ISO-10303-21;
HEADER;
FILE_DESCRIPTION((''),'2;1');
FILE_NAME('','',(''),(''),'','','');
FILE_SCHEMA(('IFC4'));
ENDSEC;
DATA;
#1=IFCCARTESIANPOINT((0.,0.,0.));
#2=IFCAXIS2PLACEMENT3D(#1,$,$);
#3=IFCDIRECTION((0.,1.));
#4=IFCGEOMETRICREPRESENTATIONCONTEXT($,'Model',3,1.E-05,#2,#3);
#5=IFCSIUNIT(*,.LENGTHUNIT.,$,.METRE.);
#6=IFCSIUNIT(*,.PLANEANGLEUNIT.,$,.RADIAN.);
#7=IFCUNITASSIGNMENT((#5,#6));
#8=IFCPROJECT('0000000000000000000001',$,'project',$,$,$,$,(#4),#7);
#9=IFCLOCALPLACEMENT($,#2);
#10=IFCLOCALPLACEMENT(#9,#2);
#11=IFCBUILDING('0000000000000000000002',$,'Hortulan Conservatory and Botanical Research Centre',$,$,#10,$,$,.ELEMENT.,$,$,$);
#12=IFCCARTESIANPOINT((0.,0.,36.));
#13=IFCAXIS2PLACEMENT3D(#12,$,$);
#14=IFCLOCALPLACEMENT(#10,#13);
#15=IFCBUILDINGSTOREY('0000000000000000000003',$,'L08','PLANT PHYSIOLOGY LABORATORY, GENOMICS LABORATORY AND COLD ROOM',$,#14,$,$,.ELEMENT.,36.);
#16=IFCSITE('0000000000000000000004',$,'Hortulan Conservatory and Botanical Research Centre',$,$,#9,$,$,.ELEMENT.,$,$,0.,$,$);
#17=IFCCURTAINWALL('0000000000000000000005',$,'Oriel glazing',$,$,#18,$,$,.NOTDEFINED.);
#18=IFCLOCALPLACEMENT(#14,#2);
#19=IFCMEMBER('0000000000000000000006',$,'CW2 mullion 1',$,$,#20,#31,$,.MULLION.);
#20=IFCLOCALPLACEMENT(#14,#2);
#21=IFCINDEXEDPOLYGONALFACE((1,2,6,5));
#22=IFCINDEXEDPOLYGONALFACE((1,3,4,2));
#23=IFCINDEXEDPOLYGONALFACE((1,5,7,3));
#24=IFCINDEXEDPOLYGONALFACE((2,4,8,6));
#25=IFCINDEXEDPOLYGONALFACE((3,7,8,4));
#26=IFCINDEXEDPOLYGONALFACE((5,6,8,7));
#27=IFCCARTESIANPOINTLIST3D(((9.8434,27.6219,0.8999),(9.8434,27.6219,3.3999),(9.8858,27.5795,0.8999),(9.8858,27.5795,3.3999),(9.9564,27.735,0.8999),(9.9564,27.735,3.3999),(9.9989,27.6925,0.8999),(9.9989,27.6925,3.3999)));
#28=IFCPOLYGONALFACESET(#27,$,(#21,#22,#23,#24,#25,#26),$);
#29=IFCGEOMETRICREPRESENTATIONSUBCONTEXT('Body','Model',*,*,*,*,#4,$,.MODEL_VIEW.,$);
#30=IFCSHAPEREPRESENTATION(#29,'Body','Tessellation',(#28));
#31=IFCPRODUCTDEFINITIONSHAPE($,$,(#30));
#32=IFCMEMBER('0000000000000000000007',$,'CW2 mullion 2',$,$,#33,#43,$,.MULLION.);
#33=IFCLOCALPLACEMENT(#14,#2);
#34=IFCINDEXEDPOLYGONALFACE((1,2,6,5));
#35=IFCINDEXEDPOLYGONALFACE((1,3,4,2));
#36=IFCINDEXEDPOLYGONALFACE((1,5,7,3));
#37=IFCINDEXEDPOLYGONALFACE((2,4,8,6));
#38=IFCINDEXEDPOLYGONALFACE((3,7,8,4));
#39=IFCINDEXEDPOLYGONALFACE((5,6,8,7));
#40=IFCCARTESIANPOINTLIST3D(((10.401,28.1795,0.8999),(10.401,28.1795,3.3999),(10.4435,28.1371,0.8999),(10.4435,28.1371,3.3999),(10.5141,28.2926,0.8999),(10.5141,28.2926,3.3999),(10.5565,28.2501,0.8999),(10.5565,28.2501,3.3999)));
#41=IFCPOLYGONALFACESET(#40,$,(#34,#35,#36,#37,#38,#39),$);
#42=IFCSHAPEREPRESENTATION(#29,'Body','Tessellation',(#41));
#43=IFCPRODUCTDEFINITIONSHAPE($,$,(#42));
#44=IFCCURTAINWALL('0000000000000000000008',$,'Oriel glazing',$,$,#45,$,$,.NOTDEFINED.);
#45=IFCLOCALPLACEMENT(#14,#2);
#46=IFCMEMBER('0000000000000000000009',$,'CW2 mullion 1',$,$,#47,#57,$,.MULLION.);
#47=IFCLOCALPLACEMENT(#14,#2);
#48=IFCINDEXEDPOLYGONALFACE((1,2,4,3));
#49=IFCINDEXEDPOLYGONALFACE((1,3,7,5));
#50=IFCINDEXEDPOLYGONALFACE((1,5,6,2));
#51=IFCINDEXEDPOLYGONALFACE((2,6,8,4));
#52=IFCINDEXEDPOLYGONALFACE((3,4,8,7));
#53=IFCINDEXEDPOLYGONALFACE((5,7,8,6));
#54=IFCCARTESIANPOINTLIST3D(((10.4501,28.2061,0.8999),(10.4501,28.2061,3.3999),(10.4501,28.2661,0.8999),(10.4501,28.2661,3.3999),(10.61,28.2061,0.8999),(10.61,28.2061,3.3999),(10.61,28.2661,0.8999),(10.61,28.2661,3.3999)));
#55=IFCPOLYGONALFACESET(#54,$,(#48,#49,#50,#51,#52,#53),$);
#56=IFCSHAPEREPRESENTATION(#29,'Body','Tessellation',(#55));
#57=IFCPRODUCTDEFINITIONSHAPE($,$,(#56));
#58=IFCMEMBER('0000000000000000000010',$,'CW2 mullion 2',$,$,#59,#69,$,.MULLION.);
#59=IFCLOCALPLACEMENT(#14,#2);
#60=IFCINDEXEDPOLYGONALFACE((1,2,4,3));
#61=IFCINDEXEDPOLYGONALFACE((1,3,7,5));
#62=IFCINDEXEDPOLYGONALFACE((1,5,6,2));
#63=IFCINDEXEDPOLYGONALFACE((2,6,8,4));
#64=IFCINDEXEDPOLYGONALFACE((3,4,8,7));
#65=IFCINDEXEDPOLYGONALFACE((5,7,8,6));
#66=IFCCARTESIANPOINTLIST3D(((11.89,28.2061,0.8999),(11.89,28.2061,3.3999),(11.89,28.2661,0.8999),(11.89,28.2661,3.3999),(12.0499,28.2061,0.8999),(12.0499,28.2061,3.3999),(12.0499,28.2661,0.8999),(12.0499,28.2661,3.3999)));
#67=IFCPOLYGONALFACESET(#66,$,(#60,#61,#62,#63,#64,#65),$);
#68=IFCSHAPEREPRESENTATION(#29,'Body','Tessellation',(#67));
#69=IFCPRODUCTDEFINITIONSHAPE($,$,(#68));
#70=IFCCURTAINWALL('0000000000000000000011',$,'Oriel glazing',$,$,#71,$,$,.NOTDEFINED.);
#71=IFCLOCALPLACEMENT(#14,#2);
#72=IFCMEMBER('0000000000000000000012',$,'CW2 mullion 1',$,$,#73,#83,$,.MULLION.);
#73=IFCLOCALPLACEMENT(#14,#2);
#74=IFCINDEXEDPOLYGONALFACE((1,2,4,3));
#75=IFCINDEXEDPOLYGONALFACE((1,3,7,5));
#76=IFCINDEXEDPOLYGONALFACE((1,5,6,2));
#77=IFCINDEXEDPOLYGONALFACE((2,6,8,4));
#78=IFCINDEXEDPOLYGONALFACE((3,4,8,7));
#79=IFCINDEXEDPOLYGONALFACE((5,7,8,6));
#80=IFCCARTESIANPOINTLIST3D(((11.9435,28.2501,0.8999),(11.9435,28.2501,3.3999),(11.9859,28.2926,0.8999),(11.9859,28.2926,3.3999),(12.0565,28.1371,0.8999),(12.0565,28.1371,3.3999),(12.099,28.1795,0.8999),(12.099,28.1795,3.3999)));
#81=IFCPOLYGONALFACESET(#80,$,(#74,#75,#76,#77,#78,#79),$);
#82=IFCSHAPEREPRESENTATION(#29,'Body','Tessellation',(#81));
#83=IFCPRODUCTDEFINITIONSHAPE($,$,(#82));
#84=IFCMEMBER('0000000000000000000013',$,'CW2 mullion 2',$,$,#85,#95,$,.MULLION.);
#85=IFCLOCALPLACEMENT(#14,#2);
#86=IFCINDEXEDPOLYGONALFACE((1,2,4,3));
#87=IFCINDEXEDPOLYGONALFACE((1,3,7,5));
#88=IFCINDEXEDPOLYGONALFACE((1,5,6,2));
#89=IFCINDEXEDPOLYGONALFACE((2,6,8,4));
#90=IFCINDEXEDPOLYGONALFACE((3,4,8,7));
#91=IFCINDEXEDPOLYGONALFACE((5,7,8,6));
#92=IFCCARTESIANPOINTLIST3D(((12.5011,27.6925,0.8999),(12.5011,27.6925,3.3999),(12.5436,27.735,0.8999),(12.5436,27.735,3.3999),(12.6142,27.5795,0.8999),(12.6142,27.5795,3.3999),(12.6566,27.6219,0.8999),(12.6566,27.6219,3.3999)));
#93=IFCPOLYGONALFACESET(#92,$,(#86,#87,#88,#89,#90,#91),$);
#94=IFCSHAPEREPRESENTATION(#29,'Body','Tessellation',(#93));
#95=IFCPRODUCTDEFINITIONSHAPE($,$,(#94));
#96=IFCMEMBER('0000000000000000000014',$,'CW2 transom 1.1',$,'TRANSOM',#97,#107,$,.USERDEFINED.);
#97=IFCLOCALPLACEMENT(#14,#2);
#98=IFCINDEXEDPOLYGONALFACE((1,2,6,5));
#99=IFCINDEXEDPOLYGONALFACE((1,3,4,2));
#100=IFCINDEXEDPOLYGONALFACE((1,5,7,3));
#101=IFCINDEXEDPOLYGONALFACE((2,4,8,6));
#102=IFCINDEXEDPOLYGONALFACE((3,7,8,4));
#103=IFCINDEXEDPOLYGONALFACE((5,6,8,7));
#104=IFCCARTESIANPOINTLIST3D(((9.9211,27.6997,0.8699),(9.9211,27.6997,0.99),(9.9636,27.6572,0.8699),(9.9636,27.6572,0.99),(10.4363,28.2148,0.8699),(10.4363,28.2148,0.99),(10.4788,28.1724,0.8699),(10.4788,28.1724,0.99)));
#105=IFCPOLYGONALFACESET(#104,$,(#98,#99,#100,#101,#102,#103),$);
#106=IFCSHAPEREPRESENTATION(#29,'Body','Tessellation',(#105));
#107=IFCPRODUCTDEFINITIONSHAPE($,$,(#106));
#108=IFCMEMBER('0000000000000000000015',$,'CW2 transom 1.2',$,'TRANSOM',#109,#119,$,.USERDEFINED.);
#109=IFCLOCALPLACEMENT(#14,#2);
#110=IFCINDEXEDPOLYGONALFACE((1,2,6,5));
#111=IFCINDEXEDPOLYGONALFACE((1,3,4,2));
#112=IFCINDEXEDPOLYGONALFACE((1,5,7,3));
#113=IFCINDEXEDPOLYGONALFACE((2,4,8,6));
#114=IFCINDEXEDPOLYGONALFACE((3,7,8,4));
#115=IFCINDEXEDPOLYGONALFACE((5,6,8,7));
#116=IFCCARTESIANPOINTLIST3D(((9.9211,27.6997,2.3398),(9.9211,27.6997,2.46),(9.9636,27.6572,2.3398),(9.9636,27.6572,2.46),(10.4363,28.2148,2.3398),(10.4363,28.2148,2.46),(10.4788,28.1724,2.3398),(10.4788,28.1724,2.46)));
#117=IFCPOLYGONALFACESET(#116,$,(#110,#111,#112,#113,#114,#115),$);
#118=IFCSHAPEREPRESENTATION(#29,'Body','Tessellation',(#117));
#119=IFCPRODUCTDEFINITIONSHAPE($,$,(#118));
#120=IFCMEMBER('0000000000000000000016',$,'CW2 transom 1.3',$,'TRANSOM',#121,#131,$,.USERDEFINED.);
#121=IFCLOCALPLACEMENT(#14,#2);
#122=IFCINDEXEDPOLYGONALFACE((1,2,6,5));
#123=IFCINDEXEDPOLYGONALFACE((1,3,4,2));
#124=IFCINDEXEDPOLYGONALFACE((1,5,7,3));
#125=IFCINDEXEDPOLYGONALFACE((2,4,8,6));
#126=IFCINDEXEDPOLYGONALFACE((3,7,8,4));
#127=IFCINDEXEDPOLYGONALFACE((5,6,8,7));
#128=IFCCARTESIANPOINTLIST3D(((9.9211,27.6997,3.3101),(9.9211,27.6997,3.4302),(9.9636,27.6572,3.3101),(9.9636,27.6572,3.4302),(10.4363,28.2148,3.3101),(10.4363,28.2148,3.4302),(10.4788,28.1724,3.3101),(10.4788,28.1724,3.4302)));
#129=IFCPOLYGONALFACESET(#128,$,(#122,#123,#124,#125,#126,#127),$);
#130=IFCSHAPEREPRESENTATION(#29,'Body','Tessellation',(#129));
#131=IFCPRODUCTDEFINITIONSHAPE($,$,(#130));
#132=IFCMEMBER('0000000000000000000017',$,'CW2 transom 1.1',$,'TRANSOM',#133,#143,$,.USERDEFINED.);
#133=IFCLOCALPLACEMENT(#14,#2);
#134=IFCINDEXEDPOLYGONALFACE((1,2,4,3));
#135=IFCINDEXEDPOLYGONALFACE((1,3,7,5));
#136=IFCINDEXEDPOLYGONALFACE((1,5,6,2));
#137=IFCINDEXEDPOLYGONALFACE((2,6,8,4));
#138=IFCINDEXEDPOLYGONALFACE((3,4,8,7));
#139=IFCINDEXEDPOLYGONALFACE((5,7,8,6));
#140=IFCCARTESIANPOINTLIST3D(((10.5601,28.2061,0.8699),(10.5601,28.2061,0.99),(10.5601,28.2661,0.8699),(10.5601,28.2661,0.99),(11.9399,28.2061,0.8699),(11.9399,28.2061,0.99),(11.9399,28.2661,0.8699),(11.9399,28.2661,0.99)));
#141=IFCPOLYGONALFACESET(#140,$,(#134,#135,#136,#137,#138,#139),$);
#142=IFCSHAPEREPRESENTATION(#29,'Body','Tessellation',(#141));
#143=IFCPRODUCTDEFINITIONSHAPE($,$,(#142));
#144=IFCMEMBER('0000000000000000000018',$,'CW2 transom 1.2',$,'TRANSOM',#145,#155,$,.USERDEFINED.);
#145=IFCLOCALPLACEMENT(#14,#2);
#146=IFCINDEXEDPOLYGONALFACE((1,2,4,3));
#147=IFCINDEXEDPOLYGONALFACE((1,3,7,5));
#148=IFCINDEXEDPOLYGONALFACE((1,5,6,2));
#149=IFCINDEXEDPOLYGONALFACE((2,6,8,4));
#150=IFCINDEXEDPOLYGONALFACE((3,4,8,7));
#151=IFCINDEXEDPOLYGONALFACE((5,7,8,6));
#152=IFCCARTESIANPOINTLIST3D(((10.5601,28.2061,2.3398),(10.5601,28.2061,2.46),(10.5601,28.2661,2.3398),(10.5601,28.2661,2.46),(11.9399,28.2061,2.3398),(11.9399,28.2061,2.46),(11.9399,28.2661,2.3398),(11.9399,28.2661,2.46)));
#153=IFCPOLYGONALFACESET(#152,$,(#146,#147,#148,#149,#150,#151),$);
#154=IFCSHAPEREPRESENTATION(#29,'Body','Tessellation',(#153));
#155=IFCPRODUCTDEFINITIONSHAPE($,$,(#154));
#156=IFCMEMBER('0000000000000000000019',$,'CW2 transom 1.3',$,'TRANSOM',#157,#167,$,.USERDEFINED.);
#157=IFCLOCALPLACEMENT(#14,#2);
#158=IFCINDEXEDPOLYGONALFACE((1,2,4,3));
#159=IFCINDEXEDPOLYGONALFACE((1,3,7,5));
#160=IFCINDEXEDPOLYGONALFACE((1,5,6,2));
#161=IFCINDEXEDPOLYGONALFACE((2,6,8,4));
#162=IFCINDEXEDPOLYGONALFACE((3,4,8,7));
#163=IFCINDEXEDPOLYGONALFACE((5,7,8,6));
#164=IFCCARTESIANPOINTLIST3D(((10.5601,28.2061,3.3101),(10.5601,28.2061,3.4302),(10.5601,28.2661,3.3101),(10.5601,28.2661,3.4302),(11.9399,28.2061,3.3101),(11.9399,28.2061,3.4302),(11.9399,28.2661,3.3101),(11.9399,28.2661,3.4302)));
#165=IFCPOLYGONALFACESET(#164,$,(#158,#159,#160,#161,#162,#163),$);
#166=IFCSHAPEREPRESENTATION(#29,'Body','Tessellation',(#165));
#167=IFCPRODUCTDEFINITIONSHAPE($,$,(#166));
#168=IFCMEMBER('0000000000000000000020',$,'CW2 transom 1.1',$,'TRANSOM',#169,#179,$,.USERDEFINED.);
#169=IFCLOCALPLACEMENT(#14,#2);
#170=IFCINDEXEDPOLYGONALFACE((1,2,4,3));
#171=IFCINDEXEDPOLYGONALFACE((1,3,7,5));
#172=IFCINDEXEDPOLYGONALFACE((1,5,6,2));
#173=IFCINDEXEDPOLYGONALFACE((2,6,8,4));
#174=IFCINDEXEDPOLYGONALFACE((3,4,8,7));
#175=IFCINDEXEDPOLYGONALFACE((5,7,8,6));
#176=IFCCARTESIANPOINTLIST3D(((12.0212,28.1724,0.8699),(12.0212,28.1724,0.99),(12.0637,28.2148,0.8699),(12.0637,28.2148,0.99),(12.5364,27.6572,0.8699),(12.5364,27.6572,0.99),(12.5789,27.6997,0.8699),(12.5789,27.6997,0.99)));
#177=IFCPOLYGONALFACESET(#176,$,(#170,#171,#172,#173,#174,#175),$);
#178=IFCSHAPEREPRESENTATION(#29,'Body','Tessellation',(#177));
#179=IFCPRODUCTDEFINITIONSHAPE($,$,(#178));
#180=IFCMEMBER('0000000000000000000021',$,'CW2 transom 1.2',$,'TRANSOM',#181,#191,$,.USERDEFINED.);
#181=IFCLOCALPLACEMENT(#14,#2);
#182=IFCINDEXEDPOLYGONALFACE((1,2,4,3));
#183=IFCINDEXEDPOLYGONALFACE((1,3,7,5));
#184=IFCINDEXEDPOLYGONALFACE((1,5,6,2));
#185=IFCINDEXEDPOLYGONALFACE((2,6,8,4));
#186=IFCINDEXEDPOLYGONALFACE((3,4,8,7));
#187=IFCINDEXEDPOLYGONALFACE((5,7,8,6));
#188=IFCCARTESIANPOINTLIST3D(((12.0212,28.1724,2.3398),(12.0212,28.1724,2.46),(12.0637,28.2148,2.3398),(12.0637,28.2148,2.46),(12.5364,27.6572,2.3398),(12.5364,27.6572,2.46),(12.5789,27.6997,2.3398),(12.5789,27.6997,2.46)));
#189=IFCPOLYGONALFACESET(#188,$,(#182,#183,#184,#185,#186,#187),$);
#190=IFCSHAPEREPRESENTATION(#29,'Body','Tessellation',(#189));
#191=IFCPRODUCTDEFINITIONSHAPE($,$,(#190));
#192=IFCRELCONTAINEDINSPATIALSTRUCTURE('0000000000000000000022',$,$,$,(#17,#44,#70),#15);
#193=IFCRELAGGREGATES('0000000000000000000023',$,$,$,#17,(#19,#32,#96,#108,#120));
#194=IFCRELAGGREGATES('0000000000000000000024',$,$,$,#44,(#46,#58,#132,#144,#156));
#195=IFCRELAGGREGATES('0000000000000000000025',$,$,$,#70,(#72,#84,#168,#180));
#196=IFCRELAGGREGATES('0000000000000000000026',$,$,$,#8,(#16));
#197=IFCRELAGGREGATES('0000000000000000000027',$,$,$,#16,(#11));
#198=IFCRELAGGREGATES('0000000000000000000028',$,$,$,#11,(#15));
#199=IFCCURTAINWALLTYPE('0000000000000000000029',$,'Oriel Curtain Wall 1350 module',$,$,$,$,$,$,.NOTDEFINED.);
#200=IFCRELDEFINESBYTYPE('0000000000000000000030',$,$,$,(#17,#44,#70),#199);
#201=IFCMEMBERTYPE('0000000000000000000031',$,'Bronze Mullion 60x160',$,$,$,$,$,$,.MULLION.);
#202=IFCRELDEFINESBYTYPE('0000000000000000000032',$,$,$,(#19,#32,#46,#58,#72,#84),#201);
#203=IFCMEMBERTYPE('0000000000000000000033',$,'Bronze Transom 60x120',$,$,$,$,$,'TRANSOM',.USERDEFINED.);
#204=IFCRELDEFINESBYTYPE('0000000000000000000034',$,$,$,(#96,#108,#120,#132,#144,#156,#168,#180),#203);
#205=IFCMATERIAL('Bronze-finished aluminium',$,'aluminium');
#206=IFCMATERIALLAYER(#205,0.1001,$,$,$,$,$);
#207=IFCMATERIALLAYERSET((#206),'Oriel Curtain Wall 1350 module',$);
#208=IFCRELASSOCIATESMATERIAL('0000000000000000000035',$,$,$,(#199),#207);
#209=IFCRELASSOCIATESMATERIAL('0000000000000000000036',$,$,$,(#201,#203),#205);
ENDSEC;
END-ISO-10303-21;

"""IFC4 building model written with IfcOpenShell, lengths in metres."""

from ifc_helpers import new_model, si_unit, direction, frame, origin, origin_2d, place, context, subcontext, project, spatial, rectangle, extrude, material, layer, layer_set, material_profile, profile_set, type_object, element, aggregate, save


model = new_model("IFC4")

# Units and contexts
model_context = context("Model", 3, precision=1e-05, world=origin(), true_north=direction((0.0, 1.0)))
body_context = subcontext(model_context, "Body", "Model", "MODEL_VIEW")
ifc_project = project(units=[si_unit("LENGTHUNIT", "METRE"), si_unit("PLANEANGLEUNIT", "RADIAN")], contexts=[model_context])

# Site, building, storey
site_placement = place(None, origin())
site = spatial("IfcSite", under=ifc_project, at=site_placement, Name="Hortulan Conservatory and Botanical Research Centre", CompositionType="ELEMENT", RefElevation=0.0)
building_placement = place(site_placement, origin())
building = spatial("IfcBuilding", under=site, at=building_placement, Name="Hortulan Conservatory and Botanical Research Centre", CompositionType="ELEMENT")
storey_placement = place(building_placement, frame((0.0, 0.0, 36.0)))
storey = spatial("IfcBuildingStorey", under=building, at=storey_placement, Name="L08", Description="PLANT PHYSIOLOGY LABORATORY, GENOMICS LABORATORY AND COLD ROOM", CompositionType="ELEMENT", Elevation=36.0)

# Curtain walls, members
ifc_material_1 = material(Name="Bronze-finished aluminium", Category="aluminium")
ifc_layer_1 = layer(ifc_material_1, 0.1001)
ifc_layer_set_1 = layer_set([ifc_layer_1], Name="Oriel Curtain Wall 1350 module")
curtain_wall_type = type_object("IfcCurtainWallType", Name="Oriel Curtain Wall 1350 module", PredefinedType="NOTDEFINED", material=ifc_layer_set_1)
curtain_wall_1_placement = place(storey_placement, origin())
curtain_wall_1 = element("IfcCurtainWall", 1, at=curtain_wall_1_placement, inside=storey, type_object=curtain_wall_type, Name="Oriel glazing", PredefinedType="NOTDEFINED")
ifc_material_profile_1 = material_profile(ifc_material_1, rectangle(XDim=0.0601, YDim=0.1599, at=origin_2d()), Name="Bronze Mullion 60x160")
ifc_profile_set_1 = profile_set([ifc_material_profile_1], Name="Bronze-finished aluminium")
member_type_1 = type_object("IfcMemberType", Name="Bronze Mullion 60x160", PredefinedType="MULLION", material=ifc_profile_set_1)
member_1_placement = place(storey_placement, frame((9.9211, 27.6572, 0.8999), z_axis=(0.0, 0.0, 1.0), x_axis=(-0.707107, 0.707107, 0.0)))
member_1 = element("IfcMember", 2, at=member_1_placement, type_object=member_type_1, Name="CW2 mullion 1", PredefinedType="MULLION", context=body_context, shape_type="SweptSolid", body=[
    extrude(rectangle(XDim=0.0601, YDim=0.1599, at=origin_2d()), origin(), (0.0, 0.0, 1.0), 2.5),
])
member_2_placement = place(storey_placement, frame((10.4788, 28.2148, 0.8999), z_axis=(0.0, 0.0, 1.0), x_axis=(-0.707107, 0.707107, 0.0)))
member_2 = element("IfcMember", 3, at=member_2_placement, type_object=member_type_1, Name="CW2 mullion 2", PredefinedType="MULLION", context=body_context, shape_type="SweptSolid", body=[
    extrude(rectangle(XDim=0.0601, YDim=0.1599, at=origin_2d()), origin(), (0.0, 0.0, 1.0), 2.5),
])
curtain_wall_2_placement = place(storey_placement, origin())
curtain_wall_2 = element("IfcCurtainWall", 4, at=curtain_wall_2_placement, inside=storey, type_object=curtain_wall_type, Name="Oriel glazing", PredefinedType="NOTDEFINED")
member_3_placement = place(storey_placement, frame((10.53, 28.2361, 0.8999), z_axis=(0.0, 0.0, 1.0), x_axis=(0.0, 1.0, 0.0)))
member_3 = element("IfcMember", 5, at=member_3_placement, type_object=member_type_1, Name="CW2 mullion 1", PredefinedType="MULLION", context=body_context, shape_type="SweptSolid", body=[
    extrude(rectangle(XDim=0.0601, YDim=0.1599, at=origin_2d()), origin(), (0.0, 0.0, 1.0), 2.5),
])
member_4_placement = place(storey_placement, frame((11.97, 28.2361, 0.8999), z_axis=(0.0, 0.0, 1.0), x_axis=(0.0, 1.0, 0.0)))
member_4 = element("IfcMember", 6, at=member_4_placement, type_object=member_type_1, Name="CW2 mullion 2", PredefinedType="MULLION", context=body_context, shape_type="SweptSolid", body=[
    extrude(rectangle(XDim=0.0601, YDim=0.1599, at=origin_2d()), origin(), (0.0, 0.0, 1.0), 2.5),
])
curtain_wall_3_placement = place(storey_placement, origin())
curtain_wall_3 = element("IfcCurtainWall", 7, at=curtain_wall_3_placement, inside=storey, type_object=curtain_wall_type, Name="Oriel glazing", PredefinedType="NOTDEFINED")
member_5_placement = place(storey_placement, frame((12.0212, 28.2148, 0.8999), z_axis=(0.0, 0.0, 1.0), x_axis=(0.707107, 0.707107, 0.0)))
member_5 = element("IfcMember", 8, at=member_5_placement, type_object=member_type_1, Name="CW2 mullion 1", PredefinedType="MULLION", context=body_context, shape_type="SweptSolid", body=[
    extrude(rectangle(XDim=0.0601, YDim=0.1599, at=origin_2d()), origin(), (0.0, 0.0, 1.0), 2.5),
])
member_6_placement = place(storey_placement, frame((12.5789, 27.6572, 0.8999), z_axis=(0.0, 0.0, 1.0), x_axis=(0.707107, 0.707107, 0.0)))
member_6 = element("IfcMember", 9, at=member_6_placement, type_object=member_type_1, Name="CW2 mullion 2", PredefinedType="MULLION", context=body_context, shape_type="SweptSolid", body=[
    extrude(rectangle(XDim=0.0601, YDim=0.1599, at=origin_2d()), origin(), (0.0, 0.0, 1.0), 2.5),
])

# Members
ifc_material_profile_2 = material_profile(ifc_material_1, rectangle(XDim=0.0601, YDim=0.1201, at=origin_2d()), Name="Bronze Transom 60x120")
ifc_profile_set_2 = profile_set([ifc_material_profile_2], Name="Bronze-finished aluminium")
member_type_2 = type_object("IfcMemberType", Name="Bronze Transom 60x120", ElementType="TRANSOM", PredefinedType="USERDEFINED", material=ifc_profile_set_2)
member_7_placement = place(storey_placement, frame((9.9424, 27.6785, 0.9299), z_axis=(0.707107, 0.707107, 0.0), x_axis=(-0.707107, 0.707107, 0.0)))
member_7 = element("IfcMember", 10, at=member_7_placement, type_object=member_type_2, Name="CW2 transom 1.1", ObjectType="TRANSOM", PredefinedType="USERDEFINED", context=body_context, shape_type="SweptSolid", body=[
    extrude(rectangle(XDim=0.0601, YDim=0.1201, at=origin_2d()), origin(), (0.0, 0.0, 1.0), 0.7285),
])
member_8_placement = place(storey_placement, frame((9.9424, 27.6785, 2.3999), z_axis=(0.707107, 0.707107, 0.0), x_axis=(-0.707107, 0.707107, 0.0)))
member_8 = element("IfcMember", 11, at=member_8_placement, type_object=member_type_2, Name="CW2 transom 1.2", ObjectType="TRANSOM", PredefinedType="USERDEFINED", context=body_context, shape_type="SweptSolid", body=[
    extrude(rectangle(XDim=0.0601, YDim=0.1201, at=origin_2d()), origin(), (0.0, 0.0, 1.0), 0.7285),
])
member_9_placement = place(storey_placement, frame((9.9424, 27.6785, 3.3701), z_axis=(0.707107, 0.707107, 0.0), x_axis=(-0.707107, 0.707107, 0.0)))
member_9 = element("IfcMember", 12, at=member_9_placement, type_object=member_type_2, Name="CW2 transom 1.3", ObjectType="TRANSOM", PredefinedType="USERDEFINED", context=body_context, shape_type="SweptSolid", body=[
    extrude(rectangle(XDim=0.0601, YDim=0.1201, at=origin_2d()), origin(), (0.0, 0.0, 1.0), 0.7285),
])
member_10_placement = place(storey_placement, frame((10.5601, 28.2361, 0.9299), z_axis=(1.0, 0.0, 0.0), x_axis=(0.0, 1.0, 0.0)))
member_10 = element("IfcMember", 13, at=member_10_placement, type_object=member_type_2, Name="CW2 transom 1.1", ObjectType="TRANSOM", PredefinedType="USERDEFINED", context=body_context, shape_type="SweptSolid", body=[
    extrude(rectangle(XDim=0.0601, YDim=0.1201, at=origin_2d()), origin(), (0.0, 0.0, 1.0), 1.3799),
])
member_11_placement = place(storey_placement, frame((10.5601, 28.2361, 2.3999), z_axis=(1.0, 0.0, 0.0), x_axis=(0.0, 1.0, 0.0)))
member_11 = element("IfcMember", 14, at=member_11_placement, type_object=member_type_2, Name="CW2 transom 1.2", ObjectType="TRANSOM", PredefinedType="USERDEFINED", context=body_context, shape_type="SweptSolid", body=[
    extrude(rectangle(XDim=0.0601, YDim=0.1201, at=origin_2d()), origin(), (0.0, 0.0, 1.0), 1.3799),
])
member_12_placement = place(storey_placement, frame((10.5601, 28.2361, 3.3701), z_axis=(1.0, 0.0, 0.0), x_axis=(0.0, 1.0, 0.0)))
member_12 = element("IfcMember", 15, at=member_12_placement, type_object=member_type_2, Name="CW2 transom 1.3", ObjectType="TRANSOM", PredefinedType="USERDEFINED", context=body_context, shape_type="SweptSolid", body=[
    extrude(rectangle(XDim=0.0601, YDim=0.1201, at=origin_2d()), origin(), (0.0, 0.0, 1.0), 1.3799),
])
member_13_placement = place(storey_placement, frame((12.0425, 28.1936, 0.9299), z_axis=(0.707107, -0.707107, 0.0), x_axis=(0.707107, 0.707107, 0.0)))
member_13 = element("IfcMember", 16, at=member_13_placement, type_object=member_type_2, Name="CW2 transom 1.1", ObjectType="TRANSOM", PredefinedType="USERDEFINED", context=body_context, shape_type="SweptSolid", body=[
    extrude(rectangle(XDim=0.0601, YDim=0.1201, at=origin_2d()), origin(), (0.0, 0.0, 1.0), 0.7285),
])
member_14_placement = place(storey_placement, frame((12.0425, 28.1936, 2.3999), z_axis=(0.707107, -0.707107, 0.0), x_axis=(0.707107, 0.707107, 0.0)))
member_14 = element("IfcMember", 17, at=member_14_placement, type_object=member_type_2, Name="CW2 transom 1.2", ObjectType="TRANSOM", PredefinedType="USERDEFINED", context=body_context, shape_type="SweptSolid", body=[
    extrude(rectangle(XDim=0.0601, YDim=0.1201, at=origin_2d()), origin(), (0.0, 0.0, 1.0), 0.7285),
])

aggregate(curtain_wall_1, [member_1, member_2, member_7, member_8, member_9])
aggregate(curtain_wall_2, [member_3, member_4, member_10, member_11, member_12])
aggregate(curtain_wall_3, [member_5, member_6, member_13, member_14])

save(model, "model.ifc")
